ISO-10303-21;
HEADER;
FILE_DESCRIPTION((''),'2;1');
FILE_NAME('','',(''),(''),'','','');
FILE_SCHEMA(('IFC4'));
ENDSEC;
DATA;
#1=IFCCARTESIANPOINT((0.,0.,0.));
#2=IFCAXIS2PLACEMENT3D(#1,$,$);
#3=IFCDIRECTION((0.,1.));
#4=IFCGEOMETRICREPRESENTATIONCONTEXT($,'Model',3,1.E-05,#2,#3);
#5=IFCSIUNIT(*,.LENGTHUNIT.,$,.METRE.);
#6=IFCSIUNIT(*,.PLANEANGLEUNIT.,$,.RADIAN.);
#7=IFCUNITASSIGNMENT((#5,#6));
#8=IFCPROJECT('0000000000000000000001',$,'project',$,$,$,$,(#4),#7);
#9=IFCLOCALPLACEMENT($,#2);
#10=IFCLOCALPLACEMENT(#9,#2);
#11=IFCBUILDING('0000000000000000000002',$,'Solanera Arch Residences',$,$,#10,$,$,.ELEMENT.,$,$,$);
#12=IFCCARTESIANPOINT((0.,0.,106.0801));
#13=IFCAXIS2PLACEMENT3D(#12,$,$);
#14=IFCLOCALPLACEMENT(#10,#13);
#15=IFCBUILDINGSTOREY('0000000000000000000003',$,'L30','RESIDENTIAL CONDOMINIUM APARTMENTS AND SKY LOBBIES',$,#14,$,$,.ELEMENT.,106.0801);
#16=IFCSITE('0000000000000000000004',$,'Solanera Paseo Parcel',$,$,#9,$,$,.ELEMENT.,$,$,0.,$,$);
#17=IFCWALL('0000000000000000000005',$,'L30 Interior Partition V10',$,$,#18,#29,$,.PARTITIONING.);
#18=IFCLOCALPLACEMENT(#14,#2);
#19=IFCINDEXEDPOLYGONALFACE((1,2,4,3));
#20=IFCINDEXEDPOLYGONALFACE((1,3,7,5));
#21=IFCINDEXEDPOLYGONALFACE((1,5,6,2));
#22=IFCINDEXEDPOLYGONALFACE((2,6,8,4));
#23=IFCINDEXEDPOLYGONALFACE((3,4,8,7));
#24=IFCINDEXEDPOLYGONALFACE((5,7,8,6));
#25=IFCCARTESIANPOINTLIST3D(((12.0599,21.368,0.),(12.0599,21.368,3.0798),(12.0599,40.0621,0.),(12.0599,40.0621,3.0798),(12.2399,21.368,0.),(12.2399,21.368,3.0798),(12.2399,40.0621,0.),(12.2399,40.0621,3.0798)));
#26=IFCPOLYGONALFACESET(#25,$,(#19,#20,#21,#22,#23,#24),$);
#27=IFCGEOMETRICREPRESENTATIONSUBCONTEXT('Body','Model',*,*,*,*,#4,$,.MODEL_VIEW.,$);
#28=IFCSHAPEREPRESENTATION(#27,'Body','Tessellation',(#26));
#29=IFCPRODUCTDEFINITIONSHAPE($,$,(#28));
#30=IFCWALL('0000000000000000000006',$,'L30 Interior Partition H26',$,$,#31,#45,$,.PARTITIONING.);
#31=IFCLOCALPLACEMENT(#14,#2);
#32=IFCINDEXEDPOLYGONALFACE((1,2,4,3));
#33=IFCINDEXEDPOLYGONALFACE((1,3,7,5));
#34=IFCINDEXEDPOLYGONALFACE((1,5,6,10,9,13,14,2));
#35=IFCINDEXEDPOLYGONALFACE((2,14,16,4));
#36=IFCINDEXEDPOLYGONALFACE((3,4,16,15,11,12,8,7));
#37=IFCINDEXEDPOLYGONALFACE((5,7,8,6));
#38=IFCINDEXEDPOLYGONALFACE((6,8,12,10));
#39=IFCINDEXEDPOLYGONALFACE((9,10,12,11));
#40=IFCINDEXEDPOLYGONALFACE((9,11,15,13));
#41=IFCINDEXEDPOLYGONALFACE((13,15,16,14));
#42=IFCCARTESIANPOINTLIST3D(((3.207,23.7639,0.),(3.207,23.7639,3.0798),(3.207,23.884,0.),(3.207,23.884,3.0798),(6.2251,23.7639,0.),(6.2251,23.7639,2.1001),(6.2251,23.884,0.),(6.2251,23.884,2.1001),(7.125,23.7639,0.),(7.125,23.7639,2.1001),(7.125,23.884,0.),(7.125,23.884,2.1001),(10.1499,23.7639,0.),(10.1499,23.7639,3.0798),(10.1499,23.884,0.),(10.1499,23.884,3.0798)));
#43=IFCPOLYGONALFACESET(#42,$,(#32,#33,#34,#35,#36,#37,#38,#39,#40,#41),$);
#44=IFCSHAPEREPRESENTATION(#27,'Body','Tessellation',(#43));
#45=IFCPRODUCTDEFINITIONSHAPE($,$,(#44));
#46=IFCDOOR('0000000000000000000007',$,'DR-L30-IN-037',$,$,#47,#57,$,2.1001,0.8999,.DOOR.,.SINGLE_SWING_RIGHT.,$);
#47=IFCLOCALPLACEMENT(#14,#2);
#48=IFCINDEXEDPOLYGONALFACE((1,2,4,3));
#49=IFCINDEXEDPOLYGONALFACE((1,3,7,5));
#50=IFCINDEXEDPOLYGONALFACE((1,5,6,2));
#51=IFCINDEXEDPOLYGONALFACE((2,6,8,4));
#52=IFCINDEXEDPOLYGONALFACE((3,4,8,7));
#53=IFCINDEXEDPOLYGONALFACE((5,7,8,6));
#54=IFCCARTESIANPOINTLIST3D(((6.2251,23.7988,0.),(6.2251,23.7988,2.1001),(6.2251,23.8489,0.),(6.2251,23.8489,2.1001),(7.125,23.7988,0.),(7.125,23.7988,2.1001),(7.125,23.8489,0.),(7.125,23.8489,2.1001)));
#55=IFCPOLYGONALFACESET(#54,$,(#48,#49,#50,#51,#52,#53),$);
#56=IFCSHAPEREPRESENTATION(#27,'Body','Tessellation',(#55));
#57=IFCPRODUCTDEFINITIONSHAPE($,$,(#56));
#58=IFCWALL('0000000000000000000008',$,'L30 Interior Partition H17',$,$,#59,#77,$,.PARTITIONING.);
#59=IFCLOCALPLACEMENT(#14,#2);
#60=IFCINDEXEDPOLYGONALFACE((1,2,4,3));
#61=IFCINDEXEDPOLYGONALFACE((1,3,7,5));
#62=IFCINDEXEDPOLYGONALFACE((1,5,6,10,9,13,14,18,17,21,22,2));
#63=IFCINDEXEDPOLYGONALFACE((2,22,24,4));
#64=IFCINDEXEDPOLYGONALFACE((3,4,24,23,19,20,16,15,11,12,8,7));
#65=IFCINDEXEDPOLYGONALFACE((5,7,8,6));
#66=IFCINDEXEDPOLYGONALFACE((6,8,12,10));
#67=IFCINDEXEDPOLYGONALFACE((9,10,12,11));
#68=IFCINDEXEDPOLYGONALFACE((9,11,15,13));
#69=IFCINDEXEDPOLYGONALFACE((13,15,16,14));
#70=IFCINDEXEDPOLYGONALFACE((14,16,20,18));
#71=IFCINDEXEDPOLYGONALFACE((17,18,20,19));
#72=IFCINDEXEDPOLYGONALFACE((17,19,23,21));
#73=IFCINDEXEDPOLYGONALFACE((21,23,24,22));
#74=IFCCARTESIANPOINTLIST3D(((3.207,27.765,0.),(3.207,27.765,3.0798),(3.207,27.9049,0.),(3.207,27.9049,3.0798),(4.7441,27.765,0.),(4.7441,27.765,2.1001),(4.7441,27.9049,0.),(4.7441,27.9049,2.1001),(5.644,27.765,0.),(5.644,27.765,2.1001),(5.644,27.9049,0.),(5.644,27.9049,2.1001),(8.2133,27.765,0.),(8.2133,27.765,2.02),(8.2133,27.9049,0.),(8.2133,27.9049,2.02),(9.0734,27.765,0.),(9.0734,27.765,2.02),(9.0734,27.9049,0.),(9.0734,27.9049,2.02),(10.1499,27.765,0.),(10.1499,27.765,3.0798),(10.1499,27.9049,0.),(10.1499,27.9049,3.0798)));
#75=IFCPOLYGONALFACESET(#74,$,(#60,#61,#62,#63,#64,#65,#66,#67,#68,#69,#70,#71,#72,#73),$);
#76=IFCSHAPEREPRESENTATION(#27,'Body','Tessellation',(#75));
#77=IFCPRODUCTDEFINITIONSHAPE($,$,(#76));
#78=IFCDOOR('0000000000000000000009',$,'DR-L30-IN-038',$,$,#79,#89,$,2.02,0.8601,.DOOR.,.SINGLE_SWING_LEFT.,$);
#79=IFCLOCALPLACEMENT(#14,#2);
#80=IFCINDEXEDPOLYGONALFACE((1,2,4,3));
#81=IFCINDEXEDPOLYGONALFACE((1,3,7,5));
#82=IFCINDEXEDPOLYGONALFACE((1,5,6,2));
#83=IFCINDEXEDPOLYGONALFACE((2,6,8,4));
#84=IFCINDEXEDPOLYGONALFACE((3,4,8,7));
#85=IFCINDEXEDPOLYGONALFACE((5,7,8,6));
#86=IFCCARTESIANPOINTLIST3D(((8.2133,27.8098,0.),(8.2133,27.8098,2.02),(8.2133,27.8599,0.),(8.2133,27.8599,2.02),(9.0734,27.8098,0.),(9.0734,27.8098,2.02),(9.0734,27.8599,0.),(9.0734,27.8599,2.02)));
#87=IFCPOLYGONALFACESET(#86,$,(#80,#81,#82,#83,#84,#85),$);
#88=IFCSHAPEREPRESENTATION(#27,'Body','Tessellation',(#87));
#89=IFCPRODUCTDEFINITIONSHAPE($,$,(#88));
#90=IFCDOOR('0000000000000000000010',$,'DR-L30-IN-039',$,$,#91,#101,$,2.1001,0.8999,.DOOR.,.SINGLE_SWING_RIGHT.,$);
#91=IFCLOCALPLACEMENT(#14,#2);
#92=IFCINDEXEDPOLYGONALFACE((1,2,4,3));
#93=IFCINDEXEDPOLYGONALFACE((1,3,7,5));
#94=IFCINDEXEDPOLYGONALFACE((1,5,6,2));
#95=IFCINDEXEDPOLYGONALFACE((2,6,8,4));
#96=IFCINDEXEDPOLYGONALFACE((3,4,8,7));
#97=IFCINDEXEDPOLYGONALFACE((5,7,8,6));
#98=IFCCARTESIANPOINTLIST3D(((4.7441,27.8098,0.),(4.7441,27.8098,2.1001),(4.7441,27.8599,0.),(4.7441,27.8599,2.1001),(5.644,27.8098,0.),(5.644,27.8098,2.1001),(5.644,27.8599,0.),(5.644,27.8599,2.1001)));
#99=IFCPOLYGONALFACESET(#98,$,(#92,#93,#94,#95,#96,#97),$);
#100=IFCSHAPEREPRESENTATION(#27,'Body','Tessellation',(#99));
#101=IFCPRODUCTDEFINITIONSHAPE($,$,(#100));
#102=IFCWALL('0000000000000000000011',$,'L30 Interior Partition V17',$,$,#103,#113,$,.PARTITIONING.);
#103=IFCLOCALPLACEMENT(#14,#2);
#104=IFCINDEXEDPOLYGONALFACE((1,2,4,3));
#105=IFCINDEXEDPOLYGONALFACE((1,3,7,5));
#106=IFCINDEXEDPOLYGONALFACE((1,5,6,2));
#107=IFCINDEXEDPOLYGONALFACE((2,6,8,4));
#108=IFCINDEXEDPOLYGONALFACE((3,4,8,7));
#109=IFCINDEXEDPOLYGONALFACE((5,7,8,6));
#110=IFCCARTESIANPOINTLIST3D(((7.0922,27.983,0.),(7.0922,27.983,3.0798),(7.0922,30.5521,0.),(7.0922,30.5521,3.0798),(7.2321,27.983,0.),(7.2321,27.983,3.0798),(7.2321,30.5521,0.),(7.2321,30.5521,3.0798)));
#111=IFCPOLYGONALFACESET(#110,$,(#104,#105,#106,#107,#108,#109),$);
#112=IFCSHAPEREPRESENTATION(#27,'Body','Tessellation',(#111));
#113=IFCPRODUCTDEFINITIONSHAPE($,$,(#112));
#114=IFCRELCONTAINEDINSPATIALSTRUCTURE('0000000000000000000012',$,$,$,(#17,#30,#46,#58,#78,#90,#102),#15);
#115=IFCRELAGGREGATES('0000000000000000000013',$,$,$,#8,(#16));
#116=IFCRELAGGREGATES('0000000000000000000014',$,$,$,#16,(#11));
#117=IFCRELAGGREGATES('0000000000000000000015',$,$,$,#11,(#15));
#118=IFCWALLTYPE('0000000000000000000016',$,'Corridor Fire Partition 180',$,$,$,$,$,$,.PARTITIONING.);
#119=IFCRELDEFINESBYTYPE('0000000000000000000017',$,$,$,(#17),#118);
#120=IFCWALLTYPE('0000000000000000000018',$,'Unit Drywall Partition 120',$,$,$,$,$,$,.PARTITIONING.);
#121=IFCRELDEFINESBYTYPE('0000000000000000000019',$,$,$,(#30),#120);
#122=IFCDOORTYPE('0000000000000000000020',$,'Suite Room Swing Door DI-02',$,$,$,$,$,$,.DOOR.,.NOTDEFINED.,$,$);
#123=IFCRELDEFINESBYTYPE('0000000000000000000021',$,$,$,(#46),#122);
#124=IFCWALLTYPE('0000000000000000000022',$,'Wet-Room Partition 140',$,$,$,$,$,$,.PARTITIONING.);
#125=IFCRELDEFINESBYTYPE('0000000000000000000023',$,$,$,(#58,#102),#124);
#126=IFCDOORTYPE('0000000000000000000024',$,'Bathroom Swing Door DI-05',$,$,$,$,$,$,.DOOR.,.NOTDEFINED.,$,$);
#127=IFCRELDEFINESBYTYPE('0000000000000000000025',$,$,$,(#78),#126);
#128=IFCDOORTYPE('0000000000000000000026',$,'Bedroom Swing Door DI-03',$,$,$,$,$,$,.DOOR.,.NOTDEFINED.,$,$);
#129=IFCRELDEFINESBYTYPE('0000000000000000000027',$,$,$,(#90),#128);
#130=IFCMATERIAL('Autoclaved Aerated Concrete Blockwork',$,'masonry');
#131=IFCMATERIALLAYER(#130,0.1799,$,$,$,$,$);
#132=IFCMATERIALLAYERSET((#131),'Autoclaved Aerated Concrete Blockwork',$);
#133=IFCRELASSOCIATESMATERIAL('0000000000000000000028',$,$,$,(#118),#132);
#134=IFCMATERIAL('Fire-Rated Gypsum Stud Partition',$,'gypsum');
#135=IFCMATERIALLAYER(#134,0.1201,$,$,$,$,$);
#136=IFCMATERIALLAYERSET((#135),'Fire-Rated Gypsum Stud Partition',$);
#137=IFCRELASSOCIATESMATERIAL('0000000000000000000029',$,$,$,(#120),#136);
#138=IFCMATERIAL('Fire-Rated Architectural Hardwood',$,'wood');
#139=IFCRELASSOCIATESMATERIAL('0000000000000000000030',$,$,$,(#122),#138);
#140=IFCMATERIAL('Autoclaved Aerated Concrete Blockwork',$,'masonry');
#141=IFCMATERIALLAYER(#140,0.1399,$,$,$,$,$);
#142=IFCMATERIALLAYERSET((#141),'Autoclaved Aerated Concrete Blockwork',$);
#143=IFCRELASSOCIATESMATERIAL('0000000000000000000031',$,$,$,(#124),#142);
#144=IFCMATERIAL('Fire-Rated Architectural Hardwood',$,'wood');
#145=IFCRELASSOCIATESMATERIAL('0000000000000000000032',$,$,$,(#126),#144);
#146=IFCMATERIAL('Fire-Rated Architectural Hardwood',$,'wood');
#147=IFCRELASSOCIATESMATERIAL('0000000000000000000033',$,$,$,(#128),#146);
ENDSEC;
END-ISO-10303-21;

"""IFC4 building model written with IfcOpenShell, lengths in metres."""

from ifc_helpers import new_model, si_unit, direction, frame, frame_2d, origin, place, context, subcontext, project, spatial, rectangle, extrude, material, layer, layer_set, type_object, element, fill, save


model = new_model("IFC4")

# Units and contexts
model_context = context("Model", 3, precision=1e-05, world=origin(), true_north=direction((0.0, 1.0)))
body_context = subcontext(model_context, "Body", "Model", "MODEL_VIEW")
ifc_project = project(units=[si_unit("LENGTHUNIT", "METRE"), si_unit("PLANEANGLEUNIT", "RADIAN")], contexts=[model_context])

# Site, building, storey
site_placement = place(None, origin())
site = spatial("IfcSite", under=ifc_project, at=site_placement, Name="Solanera Paseo Parcel", CompositionType="ELEMENT", RefElevation=0.0)
building_placement = place(site_placement, origin())
building = spatial("IfcBuilding", under=site, at=building_placement, Name="Solanera Arch Residences", CompositionType="ELEMENT")
storey_placement = place(building_placement, frame((0.0, 0.0, 106.0801)))
storey = spatial("IfcBuildingStorey", under=building, at=storey_placement, Name="L30", Description="RESIDENTIAL CONDOMINIUM APARTMENTS AND SKY LOBBIES", CompositionType="ELEMENT", Elevation=106.0801)

# Shared definitions
ifc_material_1 = material(Name="Autoclaved Aerated Concrete Blockwork", Category="masonry")
ifc_layer_1 = layer(ifc_material_1, 0.1799)
ifc_layer_set_1 = layer_set([ifc_layer_1], Name="Autoclaved Aerated Concrete Blockwork")
wall_type_1 = type_object("IfcWallType", Name="Corridor Fire Partition 180", PredefinedType="PARTITIONING", material=ifc_layer_set_1)

# Wall
wall_1_placement = place(storey_placement, frame((12.1499, 21.3679, 0.0), z_axis=(0.0, 0.0, 1.0), x_axis=(0.0, 1.0, 0.0)))
element("IfcWall", 1, at=wall_1_placement, inside=storey, type_object=wall_type_1, Name="L30 Interior Partition V10", PredefinedType="PARTITIONING", context=body_context, shape_type="SweptSolid", body=[
    extrude(rectangle(XDim=18.6941, YDim=0.1799, at=frame_2d((9.3472, 0.0))), origin(), (0.0, 0.0, 1.0), 3.0798),
])

# Wall, opening, door
ifc_material_2 = material(Name="Fire-Rated Gypsum Stud Partition", Category="gypsum")
ifc_layer_2 = layer(ifc_material_2, 0.1201)
ifc_layer_set_2 = layer_set([ifc_layer_2], Name="Fire-Rated Gypsum Stud Partition")
wall_type_2 = type_object("IfcWallType", Name="Unit Drywall Partition 120", PredefinedType="PARTITIONING", material=ifc_layer_set_2)
wall_2_placement = place(storey_placement, frame((3.207, 23.824, 0.0), z_axis=(0.0, 0.0, 1.0), x_axis=(1.0, 0.0, 0.0)))
wall_2 = element("IfcWall", 2, at=wall_2_placement, inside=storey, type_object=wall_type_2, Name="L30 Interior Partition H26", PredefinedType="PARTITIONING", context=body_context, shape_type="SweptSolid", body=[
    extrude(rectangle(XDim=6.9429, YDim=0.1201, at=frame_2d((3.4714, 0.0))), origin(), (0.0, 0.0, 1.0), 3.0798),
])
opening_1_placement = place(wall_2_placement, frame((3.0181, 0.0, 0.0)))
opening_1 = element("IfcOpeningElement", 3, at=opening_1_placement, cuts=wall_2, PredefinedType="OPENING", context=body_context, shape_type="SweptSolid", body=[
    extrude(rectangle(XDim=0.8999, YDim=2.1001, at=frame_2d((0.45, 1.05))), frame((0.0, 0.0701, 0.0), z_axis=(0.0, -1.0, 0.0), x_axis=(1.0, 0.0, 0.0)), (0.0, 0.0, 1.0), 0.1401),
])
ifc_material_3 = material(Name="Fire-Rated Architectural Hardwood", Category="wood")
door_type_1 = type_object("IfcDoorType", Name="Suite Room Swing Door DI-02", OperationType="NOTDEFINED", PredefinedType="DOOR", material=ifc_material_3)
door_1_placement = place(opening_1_placement, origin())
door_1 = element("IfcDoor", 4, at=door_1_placement, inside=storey, type_object=door_type_1, Name="DR-L30-IN-037", OperationType="SINGLE_SWING_RIGHT", OverallHeight=2.1001, OverallWidth=0.8999, PredefinedType="DOOR", context=body_context, shape_type="SweptSolid", body=[
    extrude(rectangle(XDim=0.8999, YDim=2.1001, at=frame_2d((0.45, 1.05))), frame((0.0, 0.0249, 0.0), z_axis=(0.0, -1.0, 0.0), x_axis=(1.0, 0.0, 0.0)), (0.0, 0.0, 1.0), 0.05),
])
fill(opening_1, door_1)

# Wall, openings, doors
ifc_material_4 = material(Name="Autoclaved Aerated Concrete Blockwork", Category="masonry")
ifc_layer_3 = layer(ifc_material_4, 0.1399)
ifc_layer_set_3 = layer_set([ifc_layer_3], Name="Autoclaved Aerated Concrete Blockwork")
wall_type_3 = type_object("IfcWallType", Name="Wet-Room Partition 140", PredefinedType="PARTITIONING", material=ifc_layer_set_3)
wall_3_placement = place(storey_placement, frame((3.207, 27.835, 0.0), z_axis=(0.0, 0.0, 1.0), x_axis=(1.0, 0.0, 0.0)))
wall_3 = element("IfcWall", 5, at=wall_3_placement, inside=storey, type_object=wall_type_3, Name="L30 Interior Partition H17", PredefinedType="PARTITIONING", context=body_context, shape_type="SweptSolid", body=[
    extrude(rectangle(XDim=6.9429, YDim=0.1399, at=frame_2d((3.4714, 0.0))), origin(), (0.0, 0.0, 1.0), 3.0798),
])
opening_2_placement = place(wall_3_placement, frame((5.0061, 0.0, 0.0)))
opening_2 = element("IfcOpeningElement", 6, at=opening_2_placement, cuts=wall_3, PredefinedType="OPENING", context=body_context, shape_type="SweptSolid", body=[
    extrude(rectangle(XDim=0.8601, YDim=2.02, at=frame_2d((0.4302, 1.01))), frame((0.0, 0.0798, 0.0), z_axis=(0.0, -1.0, 0.0), x_axis=(1.0, 0.0, 0.0)), (0.0, 0.0, 1.0), 0.1599),
])
opening_3_placement = place(wall_3_placement, frame((1.5371, 0.0, 0.0)))
opening_3 = element("IfcOpeningElement", 7, at=opening_3_placement, cuts=wall_3, PredefinedType="OPENING", context=body_context, shape_type="SweptSolid", body=[
    extrude(rectangle(XDim=0.8999, YDim=2.1001, at=frame_2d((0.45, 1.05))), frame((0.0, 0.0798, 0.0), z_axis=(0.0, -1.0, 0.0), x_axis=(1.0, 0.0, 0.0)), (0.0, 0.0, 1.0), 0.1599),
])
ifc_material_5 = material(Name="Fire-Rated Architectural Hardwood", Category="wood")
door_type_2 = type_object("IfcDoorType", Name="Bathroom Swing Door DI-05", OperationType="NOTDEFINED", PredefinedType="DOOR", material=ifc_material_5)
door_2_placement = place(opening_2_placement, origin())
door_2 = element("IfcDoor", 8, at=door_2_placement, inside=storey, type_object=door_type_2, Name="DR-L30-IN-038", OperationType="SINGLE_SWING_LEFT", OverallHeight=2.02, OverallWidth=0.8601, PredefinedType="DOOR", context=body_context, shape_type="SweptSolid", body=[
    extrude(rectangle(XDim=0.8601, YDim=2.02, at=frame_2d((0.4302, 1.01))), frame((0.0, 0.0249, 0.0), z_axis=(0.0, -1.0, 0.0), x_axis=(1.0, 0.0, 0.0)), (0.0, 0.0, 1.0), 0.05),
])
fill(opening_2, door_2)
ifc_material_6 = material(Name="Fire-Rated Architectural Hardwood", Category="wood")
door_type_3 = type_object("IfcDoorType", Name="Bedroom Swing Door DI-03", OperationType="NOTDEFINED", PredefinedType="DOOR", material=ifc_material_6)
door_3_placement = place(opening_3_placement, origin())
door_3 = element("IfcDoor", 9, at=door_3_placement, inside=storey, type_object=door_type_3, Name="DR-L30-IN-039", OperationType="SINGLE_SWING_RIGHT", OverallHeight=2.1001, OverallWidth=0.8999, PredefinedType="DOOR", context=body_context, shape_type="SweptSolid", body=[
    extrude(rectangle(XDim=0.8999, YDim=2.1001, at=frame_2d((0.45, 1.05))), frame((0.0, 0.0249, 0.0), z_axis=(0.0, -1.0, 0.0), x_axis=(1.0, 0.0, 0.0)), (0.0, 0.0, 1.0), 0.05),
])
fill(opening_3, door_3)

# Wall
wall_4_placement = place(storey_placement, frame((7.1621, 27.9829, 0.0), z_axis=(0.0, 0.0, 1.0), x_axis=(0.0, 1.0, 0.0)))
element("IfcWall", 10, at=wall_4_placement, inside=storey, type_object=wall_type_3, Name="L30 Interior Partition V17", PredefinedType="PARTITIONING", context=body_context, shape_type="SweptSolid", body=[
    extrude(rectangle(XDim=2.5691, YDim=0.1399, at=frame_2d((1.2847, 0.0))), origin(), (0.0, 0.0, 1.0), 3.0798),
])

save(model, "model.ifc")
